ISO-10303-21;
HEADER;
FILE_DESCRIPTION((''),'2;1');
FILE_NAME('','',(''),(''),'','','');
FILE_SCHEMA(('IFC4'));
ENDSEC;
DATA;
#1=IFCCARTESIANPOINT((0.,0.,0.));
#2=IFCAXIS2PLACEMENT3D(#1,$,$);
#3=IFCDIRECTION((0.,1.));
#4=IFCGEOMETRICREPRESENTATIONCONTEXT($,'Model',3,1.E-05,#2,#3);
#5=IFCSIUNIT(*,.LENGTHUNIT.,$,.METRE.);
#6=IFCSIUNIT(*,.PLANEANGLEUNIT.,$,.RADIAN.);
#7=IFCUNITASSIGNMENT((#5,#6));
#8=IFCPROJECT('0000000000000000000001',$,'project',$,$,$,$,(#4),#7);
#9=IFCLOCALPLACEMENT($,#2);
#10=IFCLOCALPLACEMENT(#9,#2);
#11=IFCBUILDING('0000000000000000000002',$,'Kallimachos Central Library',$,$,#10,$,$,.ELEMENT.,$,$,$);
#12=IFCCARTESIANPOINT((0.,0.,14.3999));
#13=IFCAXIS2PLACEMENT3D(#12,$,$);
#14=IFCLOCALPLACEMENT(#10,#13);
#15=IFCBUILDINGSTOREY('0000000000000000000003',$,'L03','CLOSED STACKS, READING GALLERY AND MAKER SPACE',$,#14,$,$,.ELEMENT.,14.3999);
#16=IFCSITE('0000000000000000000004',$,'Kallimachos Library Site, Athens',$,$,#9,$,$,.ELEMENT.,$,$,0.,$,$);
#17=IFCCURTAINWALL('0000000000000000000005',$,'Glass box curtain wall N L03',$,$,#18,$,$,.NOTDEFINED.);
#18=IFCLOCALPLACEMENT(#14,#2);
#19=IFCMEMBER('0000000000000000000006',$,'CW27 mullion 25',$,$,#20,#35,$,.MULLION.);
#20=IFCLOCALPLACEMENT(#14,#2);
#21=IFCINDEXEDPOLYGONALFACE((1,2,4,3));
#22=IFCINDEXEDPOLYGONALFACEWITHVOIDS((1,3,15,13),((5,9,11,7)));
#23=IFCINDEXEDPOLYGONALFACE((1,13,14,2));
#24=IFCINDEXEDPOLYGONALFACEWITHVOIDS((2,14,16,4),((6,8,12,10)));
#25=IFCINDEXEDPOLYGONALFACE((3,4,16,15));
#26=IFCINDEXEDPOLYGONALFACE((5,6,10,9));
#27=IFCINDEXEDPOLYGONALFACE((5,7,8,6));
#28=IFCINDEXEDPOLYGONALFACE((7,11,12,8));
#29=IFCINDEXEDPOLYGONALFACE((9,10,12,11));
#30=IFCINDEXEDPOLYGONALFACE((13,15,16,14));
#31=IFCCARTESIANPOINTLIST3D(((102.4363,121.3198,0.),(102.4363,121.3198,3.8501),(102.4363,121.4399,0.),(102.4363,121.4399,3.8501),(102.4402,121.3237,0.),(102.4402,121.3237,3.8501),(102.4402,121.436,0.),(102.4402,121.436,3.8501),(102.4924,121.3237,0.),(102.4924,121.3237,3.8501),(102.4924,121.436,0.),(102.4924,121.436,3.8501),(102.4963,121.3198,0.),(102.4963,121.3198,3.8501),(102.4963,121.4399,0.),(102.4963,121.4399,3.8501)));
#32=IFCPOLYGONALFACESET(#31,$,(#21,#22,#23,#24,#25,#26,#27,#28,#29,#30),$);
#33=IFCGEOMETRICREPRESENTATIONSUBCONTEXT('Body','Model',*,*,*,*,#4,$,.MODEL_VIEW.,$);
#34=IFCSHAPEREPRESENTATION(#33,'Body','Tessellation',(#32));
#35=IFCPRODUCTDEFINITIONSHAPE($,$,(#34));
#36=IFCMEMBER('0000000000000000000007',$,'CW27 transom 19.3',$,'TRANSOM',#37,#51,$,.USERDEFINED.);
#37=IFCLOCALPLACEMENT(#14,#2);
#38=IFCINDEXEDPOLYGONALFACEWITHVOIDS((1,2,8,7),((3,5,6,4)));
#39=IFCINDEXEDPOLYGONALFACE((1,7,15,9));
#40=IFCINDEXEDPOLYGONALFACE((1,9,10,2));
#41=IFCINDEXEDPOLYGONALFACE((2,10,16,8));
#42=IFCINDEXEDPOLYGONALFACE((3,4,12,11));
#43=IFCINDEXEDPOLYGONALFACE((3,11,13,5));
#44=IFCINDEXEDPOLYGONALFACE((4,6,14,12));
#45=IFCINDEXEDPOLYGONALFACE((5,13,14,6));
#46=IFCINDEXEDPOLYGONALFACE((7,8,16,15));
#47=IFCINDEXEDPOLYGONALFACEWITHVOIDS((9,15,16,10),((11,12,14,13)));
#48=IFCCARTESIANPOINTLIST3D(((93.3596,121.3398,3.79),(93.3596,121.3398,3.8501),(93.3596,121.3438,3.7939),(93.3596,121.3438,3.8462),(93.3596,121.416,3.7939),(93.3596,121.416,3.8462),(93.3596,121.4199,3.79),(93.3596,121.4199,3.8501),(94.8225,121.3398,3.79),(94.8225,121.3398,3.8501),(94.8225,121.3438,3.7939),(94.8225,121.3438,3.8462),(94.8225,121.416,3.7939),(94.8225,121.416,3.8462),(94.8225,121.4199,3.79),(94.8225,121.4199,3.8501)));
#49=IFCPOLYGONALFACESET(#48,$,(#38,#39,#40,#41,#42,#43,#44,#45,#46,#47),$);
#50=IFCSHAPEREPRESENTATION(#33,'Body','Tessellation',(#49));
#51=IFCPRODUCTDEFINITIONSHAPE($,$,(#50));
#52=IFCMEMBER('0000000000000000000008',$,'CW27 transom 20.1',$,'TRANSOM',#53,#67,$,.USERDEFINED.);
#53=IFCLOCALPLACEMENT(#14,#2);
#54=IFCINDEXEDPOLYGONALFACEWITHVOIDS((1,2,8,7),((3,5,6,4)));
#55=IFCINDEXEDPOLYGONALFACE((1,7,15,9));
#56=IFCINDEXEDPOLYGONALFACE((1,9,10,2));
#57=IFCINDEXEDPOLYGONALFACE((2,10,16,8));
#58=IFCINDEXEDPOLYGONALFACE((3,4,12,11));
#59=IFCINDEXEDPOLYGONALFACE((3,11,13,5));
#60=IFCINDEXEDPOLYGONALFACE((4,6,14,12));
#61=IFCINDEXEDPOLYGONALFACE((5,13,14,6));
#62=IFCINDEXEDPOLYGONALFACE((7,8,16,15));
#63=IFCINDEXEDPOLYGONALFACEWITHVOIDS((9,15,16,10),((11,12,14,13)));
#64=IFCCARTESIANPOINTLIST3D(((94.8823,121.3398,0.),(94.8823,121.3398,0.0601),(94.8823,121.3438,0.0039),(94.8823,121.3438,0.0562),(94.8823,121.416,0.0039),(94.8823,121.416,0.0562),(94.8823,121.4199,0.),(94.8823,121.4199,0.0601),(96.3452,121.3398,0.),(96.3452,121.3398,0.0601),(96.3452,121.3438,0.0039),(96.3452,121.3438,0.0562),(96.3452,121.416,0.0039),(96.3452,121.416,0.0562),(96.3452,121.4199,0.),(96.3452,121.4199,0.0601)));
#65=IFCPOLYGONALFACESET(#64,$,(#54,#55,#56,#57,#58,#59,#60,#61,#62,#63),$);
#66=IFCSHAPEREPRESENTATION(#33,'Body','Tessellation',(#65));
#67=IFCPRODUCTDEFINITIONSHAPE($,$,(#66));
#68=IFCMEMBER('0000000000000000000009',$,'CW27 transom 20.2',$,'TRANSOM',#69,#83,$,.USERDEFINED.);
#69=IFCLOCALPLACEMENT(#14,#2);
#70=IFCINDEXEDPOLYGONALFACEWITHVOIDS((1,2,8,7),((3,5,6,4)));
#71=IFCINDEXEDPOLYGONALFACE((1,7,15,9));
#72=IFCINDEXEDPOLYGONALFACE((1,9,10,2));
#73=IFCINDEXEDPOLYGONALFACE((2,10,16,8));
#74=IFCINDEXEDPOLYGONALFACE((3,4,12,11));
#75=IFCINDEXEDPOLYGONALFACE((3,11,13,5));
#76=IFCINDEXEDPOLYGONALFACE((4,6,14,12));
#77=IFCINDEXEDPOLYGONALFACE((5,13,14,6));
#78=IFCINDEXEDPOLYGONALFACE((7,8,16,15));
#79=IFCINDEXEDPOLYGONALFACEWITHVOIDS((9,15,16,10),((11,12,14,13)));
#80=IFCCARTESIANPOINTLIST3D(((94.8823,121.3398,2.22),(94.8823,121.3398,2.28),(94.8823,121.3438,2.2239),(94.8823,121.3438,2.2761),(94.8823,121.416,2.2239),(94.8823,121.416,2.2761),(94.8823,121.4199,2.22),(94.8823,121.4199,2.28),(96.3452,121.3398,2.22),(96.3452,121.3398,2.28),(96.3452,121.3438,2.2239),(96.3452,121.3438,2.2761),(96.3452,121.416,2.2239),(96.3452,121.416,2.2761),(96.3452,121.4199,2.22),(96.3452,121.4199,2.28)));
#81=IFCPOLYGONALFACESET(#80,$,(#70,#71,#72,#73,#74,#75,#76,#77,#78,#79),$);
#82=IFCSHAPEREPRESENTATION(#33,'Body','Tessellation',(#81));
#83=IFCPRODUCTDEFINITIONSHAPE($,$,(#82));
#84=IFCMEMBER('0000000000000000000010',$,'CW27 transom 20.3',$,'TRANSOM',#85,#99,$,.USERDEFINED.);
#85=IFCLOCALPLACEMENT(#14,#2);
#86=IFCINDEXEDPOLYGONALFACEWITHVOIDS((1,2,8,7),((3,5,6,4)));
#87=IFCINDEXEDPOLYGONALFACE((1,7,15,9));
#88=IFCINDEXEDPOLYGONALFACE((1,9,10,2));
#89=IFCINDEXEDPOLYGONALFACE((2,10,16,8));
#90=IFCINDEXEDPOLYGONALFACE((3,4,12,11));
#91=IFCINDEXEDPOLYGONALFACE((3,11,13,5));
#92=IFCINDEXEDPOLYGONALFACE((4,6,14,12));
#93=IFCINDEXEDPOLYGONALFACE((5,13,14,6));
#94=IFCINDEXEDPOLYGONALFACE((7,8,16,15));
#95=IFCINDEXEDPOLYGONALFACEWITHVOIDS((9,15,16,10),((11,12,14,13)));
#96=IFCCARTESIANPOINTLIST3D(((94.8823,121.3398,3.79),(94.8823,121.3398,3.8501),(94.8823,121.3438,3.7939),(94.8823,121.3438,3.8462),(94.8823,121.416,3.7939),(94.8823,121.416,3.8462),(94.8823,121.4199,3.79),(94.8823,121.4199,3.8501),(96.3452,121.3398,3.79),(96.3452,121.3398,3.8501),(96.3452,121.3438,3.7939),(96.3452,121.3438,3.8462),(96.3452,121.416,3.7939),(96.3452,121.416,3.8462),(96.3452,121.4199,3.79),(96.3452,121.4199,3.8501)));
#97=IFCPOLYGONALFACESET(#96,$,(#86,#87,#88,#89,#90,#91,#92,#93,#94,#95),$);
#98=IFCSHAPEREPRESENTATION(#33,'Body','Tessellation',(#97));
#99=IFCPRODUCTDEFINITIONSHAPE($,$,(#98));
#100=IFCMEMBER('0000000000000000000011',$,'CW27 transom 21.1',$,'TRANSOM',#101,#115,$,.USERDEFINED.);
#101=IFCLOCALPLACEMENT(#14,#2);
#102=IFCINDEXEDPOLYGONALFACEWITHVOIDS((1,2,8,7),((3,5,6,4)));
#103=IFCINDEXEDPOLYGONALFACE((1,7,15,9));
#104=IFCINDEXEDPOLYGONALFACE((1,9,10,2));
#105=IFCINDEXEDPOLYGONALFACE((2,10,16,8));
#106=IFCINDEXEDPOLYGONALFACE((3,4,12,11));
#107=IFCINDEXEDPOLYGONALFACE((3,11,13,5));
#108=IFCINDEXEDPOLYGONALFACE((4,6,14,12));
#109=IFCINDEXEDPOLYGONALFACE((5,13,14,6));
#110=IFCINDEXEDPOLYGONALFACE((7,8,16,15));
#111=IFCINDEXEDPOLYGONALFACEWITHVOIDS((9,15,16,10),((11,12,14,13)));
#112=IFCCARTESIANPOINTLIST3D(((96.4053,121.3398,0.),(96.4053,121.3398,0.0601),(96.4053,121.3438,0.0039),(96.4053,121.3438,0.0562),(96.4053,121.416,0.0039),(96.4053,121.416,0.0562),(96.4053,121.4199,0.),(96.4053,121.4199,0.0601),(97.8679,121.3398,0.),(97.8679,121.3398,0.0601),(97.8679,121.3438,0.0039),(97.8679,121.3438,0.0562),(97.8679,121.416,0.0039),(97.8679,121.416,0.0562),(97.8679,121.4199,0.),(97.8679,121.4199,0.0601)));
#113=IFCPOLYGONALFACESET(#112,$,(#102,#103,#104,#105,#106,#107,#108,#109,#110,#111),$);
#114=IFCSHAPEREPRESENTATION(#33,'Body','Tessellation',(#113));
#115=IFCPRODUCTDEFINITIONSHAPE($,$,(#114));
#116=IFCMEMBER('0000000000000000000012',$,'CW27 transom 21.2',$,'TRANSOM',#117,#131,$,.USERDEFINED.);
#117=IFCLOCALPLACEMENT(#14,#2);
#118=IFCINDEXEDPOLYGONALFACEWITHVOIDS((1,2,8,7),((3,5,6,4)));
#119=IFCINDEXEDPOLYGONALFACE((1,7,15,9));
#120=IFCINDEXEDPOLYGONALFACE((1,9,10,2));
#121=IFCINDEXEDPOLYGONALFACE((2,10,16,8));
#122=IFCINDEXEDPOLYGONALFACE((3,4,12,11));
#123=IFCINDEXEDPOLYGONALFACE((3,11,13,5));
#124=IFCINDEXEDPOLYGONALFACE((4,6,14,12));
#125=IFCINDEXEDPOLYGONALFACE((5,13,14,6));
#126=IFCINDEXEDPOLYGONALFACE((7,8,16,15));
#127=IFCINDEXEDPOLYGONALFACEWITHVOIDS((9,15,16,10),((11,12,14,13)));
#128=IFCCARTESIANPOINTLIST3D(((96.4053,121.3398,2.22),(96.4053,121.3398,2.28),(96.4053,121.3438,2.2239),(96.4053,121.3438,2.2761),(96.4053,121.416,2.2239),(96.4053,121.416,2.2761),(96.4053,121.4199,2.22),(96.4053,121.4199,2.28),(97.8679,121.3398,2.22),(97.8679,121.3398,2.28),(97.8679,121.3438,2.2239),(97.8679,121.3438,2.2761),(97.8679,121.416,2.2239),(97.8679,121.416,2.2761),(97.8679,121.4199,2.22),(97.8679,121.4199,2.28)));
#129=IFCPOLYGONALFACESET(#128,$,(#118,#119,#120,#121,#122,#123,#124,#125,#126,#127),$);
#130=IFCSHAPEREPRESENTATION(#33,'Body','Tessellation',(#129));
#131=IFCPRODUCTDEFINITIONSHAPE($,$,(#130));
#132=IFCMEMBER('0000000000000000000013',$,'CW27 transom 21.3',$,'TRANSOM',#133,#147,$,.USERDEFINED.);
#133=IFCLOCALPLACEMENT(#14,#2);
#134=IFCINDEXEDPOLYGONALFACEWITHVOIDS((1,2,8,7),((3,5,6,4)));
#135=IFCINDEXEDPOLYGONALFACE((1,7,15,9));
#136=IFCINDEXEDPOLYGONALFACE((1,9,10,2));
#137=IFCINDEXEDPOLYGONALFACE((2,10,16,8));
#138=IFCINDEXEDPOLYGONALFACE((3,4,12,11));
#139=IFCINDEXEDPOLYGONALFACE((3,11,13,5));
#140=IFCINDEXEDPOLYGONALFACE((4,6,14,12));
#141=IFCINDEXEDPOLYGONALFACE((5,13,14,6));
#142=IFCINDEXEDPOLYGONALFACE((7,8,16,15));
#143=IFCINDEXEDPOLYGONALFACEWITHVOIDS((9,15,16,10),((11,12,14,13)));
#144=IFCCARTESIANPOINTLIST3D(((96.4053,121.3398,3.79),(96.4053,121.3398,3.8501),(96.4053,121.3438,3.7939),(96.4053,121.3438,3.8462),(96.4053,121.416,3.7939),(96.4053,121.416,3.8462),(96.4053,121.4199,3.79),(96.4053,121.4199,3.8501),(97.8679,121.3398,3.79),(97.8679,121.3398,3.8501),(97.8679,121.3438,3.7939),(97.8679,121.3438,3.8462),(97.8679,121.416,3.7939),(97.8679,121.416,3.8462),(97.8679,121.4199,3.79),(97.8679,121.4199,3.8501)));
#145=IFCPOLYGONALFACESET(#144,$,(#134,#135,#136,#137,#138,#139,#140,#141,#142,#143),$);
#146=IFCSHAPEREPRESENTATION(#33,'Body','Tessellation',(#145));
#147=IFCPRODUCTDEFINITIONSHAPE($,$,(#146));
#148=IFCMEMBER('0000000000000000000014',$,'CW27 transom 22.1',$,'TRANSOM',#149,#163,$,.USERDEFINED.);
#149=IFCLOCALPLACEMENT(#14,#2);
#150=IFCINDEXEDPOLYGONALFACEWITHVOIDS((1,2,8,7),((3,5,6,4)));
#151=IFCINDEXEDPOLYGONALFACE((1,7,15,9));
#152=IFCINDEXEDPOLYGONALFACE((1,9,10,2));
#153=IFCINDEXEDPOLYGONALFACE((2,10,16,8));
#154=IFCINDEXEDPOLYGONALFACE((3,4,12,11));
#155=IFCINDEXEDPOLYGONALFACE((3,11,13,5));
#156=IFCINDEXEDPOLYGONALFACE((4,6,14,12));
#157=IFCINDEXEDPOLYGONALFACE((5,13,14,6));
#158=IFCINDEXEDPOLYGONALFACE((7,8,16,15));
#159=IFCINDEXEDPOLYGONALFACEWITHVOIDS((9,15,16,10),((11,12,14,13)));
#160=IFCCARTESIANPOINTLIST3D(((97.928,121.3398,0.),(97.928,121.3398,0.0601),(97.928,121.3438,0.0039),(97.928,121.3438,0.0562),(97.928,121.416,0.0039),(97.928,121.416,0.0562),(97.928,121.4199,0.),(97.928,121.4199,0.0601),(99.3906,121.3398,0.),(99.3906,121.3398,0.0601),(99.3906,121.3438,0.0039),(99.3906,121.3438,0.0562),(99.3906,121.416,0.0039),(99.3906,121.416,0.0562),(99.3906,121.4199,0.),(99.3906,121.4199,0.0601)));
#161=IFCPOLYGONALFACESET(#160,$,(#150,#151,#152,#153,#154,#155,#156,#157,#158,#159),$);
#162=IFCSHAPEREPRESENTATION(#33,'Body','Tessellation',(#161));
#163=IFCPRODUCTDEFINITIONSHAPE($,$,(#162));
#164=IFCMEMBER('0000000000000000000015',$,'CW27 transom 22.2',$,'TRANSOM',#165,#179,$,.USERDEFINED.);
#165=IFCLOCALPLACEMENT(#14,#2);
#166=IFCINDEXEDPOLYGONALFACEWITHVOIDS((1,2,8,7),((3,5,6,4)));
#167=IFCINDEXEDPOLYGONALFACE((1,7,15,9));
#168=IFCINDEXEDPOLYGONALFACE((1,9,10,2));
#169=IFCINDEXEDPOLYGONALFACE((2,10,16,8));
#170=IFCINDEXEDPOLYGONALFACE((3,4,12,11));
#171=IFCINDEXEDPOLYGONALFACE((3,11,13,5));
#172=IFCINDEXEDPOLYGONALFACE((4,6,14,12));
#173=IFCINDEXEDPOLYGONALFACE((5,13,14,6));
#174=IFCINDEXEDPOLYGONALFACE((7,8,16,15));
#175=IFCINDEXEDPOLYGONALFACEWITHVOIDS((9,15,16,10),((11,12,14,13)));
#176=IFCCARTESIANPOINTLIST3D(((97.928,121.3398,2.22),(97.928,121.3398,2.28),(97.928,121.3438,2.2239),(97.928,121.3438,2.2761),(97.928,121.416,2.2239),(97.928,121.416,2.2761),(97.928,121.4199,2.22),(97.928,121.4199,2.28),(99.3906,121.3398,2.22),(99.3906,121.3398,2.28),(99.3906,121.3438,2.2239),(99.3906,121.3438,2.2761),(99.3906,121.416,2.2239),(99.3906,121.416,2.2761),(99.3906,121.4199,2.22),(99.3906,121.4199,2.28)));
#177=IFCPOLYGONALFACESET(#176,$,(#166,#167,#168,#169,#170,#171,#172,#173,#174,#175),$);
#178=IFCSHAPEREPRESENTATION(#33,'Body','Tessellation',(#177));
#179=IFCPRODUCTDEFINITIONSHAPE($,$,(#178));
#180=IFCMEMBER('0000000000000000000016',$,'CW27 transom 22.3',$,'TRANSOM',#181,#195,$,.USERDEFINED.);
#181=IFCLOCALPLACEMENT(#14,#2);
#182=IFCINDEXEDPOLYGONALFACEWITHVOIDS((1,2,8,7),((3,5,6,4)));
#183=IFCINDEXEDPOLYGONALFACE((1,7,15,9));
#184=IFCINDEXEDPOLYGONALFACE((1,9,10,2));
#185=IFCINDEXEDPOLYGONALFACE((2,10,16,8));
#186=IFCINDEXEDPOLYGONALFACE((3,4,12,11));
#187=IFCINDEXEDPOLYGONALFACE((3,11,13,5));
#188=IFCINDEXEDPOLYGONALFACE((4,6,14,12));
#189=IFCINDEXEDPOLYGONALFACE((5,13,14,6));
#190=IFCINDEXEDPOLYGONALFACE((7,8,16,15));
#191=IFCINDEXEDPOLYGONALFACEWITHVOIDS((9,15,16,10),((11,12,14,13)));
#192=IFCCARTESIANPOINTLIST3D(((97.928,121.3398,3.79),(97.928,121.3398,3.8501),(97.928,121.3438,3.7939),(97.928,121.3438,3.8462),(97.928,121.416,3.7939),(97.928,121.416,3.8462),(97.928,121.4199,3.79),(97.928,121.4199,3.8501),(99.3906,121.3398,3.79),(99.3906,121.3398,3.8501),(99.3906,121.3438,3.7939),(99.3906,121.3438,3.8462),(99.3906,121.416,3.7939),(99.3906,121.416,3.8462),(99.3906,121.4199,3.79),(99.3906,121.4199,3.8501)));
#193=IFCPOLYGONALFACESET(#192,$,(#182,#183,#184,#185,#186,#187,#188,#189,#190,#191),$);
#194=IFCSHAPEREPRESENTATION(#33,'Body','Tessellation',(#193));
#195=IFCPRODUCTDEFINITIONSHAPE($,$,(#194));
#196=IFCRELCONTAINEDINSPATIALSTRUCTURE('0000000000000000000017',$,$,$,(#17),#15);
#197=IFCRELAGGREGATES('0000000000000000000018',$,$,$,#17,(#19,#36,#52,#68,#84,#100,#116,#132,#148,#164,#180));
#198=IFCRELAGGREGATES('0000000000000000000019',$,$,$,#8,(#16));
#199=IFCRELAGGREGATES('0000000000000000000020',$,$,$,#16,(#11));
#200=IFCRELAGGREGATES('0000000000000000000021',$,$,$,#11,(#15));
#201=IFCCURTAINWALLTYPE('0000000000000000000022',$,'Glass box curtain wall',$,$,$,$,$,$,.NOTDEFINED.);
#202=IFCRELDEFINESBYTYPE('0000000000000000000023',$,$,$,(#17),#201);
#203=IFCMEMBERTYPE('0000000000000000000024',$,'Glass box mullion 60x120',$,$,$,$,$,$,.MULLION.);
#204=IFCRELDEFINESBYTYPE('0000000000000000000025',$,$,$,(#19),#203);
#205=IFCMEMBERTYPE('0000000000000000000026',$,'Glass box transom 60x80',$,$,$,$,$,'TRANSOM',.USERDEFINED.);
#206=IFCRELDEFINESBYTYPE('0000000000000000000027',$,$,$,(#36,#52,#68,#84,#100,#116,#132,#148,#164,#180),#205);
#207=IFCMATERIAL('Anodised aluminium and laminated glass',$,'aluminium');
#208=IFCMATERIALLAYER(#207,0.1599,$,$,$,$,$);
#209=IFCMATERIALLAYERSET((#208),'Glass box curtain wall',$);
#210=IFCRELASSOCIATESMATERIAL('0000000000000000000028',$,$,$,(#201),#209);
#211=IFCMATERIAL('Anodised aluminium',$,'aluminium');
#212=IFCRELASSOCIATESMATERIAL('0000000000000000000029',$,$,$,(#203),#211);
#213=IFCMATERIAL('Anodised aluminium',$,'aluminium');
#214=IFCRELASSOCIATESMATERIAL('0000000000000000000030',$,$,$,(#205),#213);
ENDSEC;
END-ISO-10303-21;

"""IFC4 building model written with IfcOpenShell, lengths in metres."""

from ifc_helpers import new_model, si_unit, direction, frame, origin, origin_2d, place, context, subcontext, project, spatial, hollow_rectangle, extrude, material, layer, layer_set, material_profile, profile_set, type_object, element, aggregate, save


model = new_model("IFC4")

# Units and contexts
model_context = context("Model", 3, precision=1e-05, world=origin(), true_north=direction((0.0, 1.0)))
body_context = subcontext(model_context, "Body", "Model", "MODEL_VIEW")
ifc_project = project(units=[si_unit("LENGTHUNIT", "METRE"), si_unit("PLANEANGLEUNIT", "RADIAN")], contexts=[model_context])

# Site, building, storey
site_placement = place(None, origin())
site = spatial("IfcSite", under=ifc_project, at=site_placement, Name="Kallimachos Library Site, Athens", CompositionType="ELEMENT", RefElevation=0.0)
building_placement = place(site_placement, origin())
building = spatial("IfcBuilding", under=site, at=building_placement, Name="Kallimachos Central Library", CompositionType="ELEMENT")
storey_placement = place(building_placement, frame((0.0, 0.0, 14.3999)))
storey = spatial("IfcBuildingStorey", under=building, at=storey_placement, Name="L03", Description="CLOSED STACKS, READING GALLERY AND MAKER SPACE", CompositionType="ELEMENT", Elevation=14.3999)

# Curtain wall, members
ifc_material_1 = material(Name="Anodised aluminium and laminated glass", Category="aluminium")
ifc_layer_1 = layer(ifc_material_1, 0.1599)
ifc_layer_set_1 = layer_set([ifc_layer_1], Name="Glass box curtain wall")
curtain_wall_type = type_object("IfcCurtainWallType", Name="Glass box curtain wall", PredefinedType="NOTDEFINED", material=ifc_layer_set_1)
curtain_wall_placement = place(storey_placement, origin())
curtain_wall = element("IfcCurtainWall", 1, at=curtain_wall_placement, inside=storey, type_object=curtain_wall_type, Name="Glass box curtain wall N L03", PredefinedType="NOTDEFINED")
ifc_material_2 = material(Name="Anodised aluminium", Category="aluminium")
ifc_material_profile_1 = material_profile(ifc_material_2, hollow_rectangle(XDim=0.0601, YDim=0.1201, WallThickness=0.0039, at=origin_2d()), Name="ALU MULLION 60x120")
ifc_profile_set_1 = profile_set([ifc_material_profile_1], Name="Anodised aluminium")
member_type_1 = type_object("IfcMemberType", Name="Glass box mullion 60x120", PredefinedType="MULLION", material=ifc_profile_set_1)
member_1_placement = place(storey_placement, frame((102.4663, 121.3799, 0.0), z_axis=(0.0, 0.0, 1.0), x_axis=(1.0, 0.0, 0.0)))
member_1 = element("IfcMember", 2, at=member_1_placement, type_object=member_type_1, Name="CW27 mullion 25", PredefinedType="MULLION", context=body_context, shape_type="SweptSolid", body=[
    extrude(hollow_rectangle(XDim=0.0601, YDim=0.1201, WallThickness=0.0039, at=origin_2d()), origin(), (0.0, 0.0, 1.0), 3.8501),
])
ifc_material_3 = material(Name="Anodised aluminium", Category="aluminium")
ifc_material_profile_2 = material_profile(ifc_material_3, hollow_rectangle(XDim=0.0601, YDim=0.0801, WallThickness=0.0039, at=origin_2d()), Name="ALU TRANSOM 60x80")
ifc_profile_set_2 = profile_set([ifc_material_profile_2], Name="Anodised aluminium")
member_type_2 = type_object("IfcMemberType", Name="Glass box transom 60x80", ElementType="TRANSOM", PredefinedType="USERDEFINED", material=ifc_profile_set_2)
member_2_placement = place(storey_placement, frame((93.3596, 121.3799, 3.8201), z_axis=(1.0, 0.0, 0.0), x_axis=(0.0, 0.0, 1.0)))
member_2 = element("IfcMember", 3, at=member_2_placement, type_object=member_type_2, Name="CW27 transom 19.3", ObjectType="TRANSOM", PredefinedType="USERDEFINED", context=body_context, shape_type="SweptSolid", body=[
    extrude(hollow_rectangle(XDim=0.0601, YDim=0.0801, WallThickness=0.0039, at=origin_2d()), origin(), (0.0, 0.0, 1.0), 1.4629),
])
member_3_placement = place(storey_placement, frame((94.8823, 121.3799, 0.03), z_axis=(1.0, 0.0, 0.0), x_axis=(0.0, 0.0, 1.0)))
member_3 = element("IfcMember", 4, at=member_3_placement, type_object=member_type_2, Name="CW27 transom 20.1", ObjectType="TRANSOM", PredefinedType="USERDEFINED", context=body_context, shape_type="SweptSolid", body=[
    extrude(hollow_rectangle(XDim=0.0601, YDim=0.0801, WallThickness=0.0039, at=origin_2d()), origin(), (0.0, 0.0, 1.0), 1.4629),
])
member_4_placement = place(storey_placement, frame((94.8823, 121.3799, 2.25), z_axis=(1.0, 0.0, 0.0), x_axis=(0.0, 0.0, 1.0)))
member_4 = element("IfcMember", 5, at=member_4_placement, type_object=member_type_2, Name="CW27 transom 20.2", ObjectType="TRANSOM", PredefinedType="USERDEFINED", context=body_context, shape_type="SweptSolid", body=[
    extrude(hollow_rectangle(XDim=0.0601, YDim=0.0801, WallThickness=0.0039, at=origin_2d()), origin(), (0.0, 0.0, 1.0), 1.4629),
])
member_5_placement = place(storey_placement, frame((94.8823, 121.3799, 3.8201), z_axis=(1.0, 0.0, 0.0), x_axis=(0.0, 0.0, 1.0)))
member_5 = element("IfcMember", 6, at=member_5_placement, type_object=member_type_2, Name="CW27 transom 20.3", ObjectType="TRANSOM", PredefinedType="USERDEFINED", context=body_context, shape_type="SweptSolid", body=[
    extrude(hollow_rectangle(XDim=0.0601, YDim=0.0801, WallThickness=0.0039, at=origin_2d()), origin(), (0.0, 0.0, 1.0), 1.4629),
])
member_6_placement = place(storey_placement, frame((96.4053, 121.3799, 0.03), z_axis=(1.0, 0.0, 0.0), x_axis=(0.0, 0.0, 1.0)))
member_6 = element("IfcMember", 7, at=member_6_placement, type_object=member_type_2, Name="CW27 transom 21.1", ObjectType="TRANSOM", PredefinedType="USERDEFINED", context=body_context, shape_type="SweptSolid", body=[
    extrude(hollow_rectangle(XDim=0.0601, YDim=0.0801, WallThickness=0.0039, at=origin_2d()), origin(), (0.0, 0.0, 1.0), 1.4626),
])
member_7_placement = place(storey_placement, frame((96.4053, 121.3799, 2.25), z_axis=(1.0, 0.0, 0.0), x_axis=(0.0, 0.0, 1.0)))
member_7 = element("IfcMember", 8, at=member_7_placement, type_object=member_type_2, Name="CW27 transom 21.2", ObjectType="TRANSOM", PredefinedType="USERDEFINED", context=body_context, shape_type="SweptSolid", body=[
    extrude(hollow_rectangle(XDim=0.0601, YDim=0.0801, WallThickness=0.0039, at=origin_2d()), origin(), (0.0, 0.0, 1.0), 1.4626),
])
member_8_placement = place(storey_placement, frame((96.4053, 121.3799, 3.8201), z_axis=(1.0, 0.0, 0.0), x_axis=(0.0, 0.0, 1.0)))
member_8 = element("IfcMember", 9, at=member_8_placement, type_object=member_type_2, Name="CW27 transom 21.3", ObjectType="TRANSOM", PredefinedType="USERDEFINED", context=body_context, shape_type="SweptSolid", body=[
    extrude(hollow_rectangle(XDim=0.0601, YDim=0.0801, WallThickness=0.0039, at=origin_2d()), origin(), (0.0, 0.0, 1.0), 1.4626),
])
member_9_placement = place(storey_placement, frame((97.928, 121.3799, 0.03), z_axis=(1.0, 0.0, 0.0), x_axis=(0.0, 0.0, 1.0)))
member_9 = element("IfcMember", 10, at=member_9_placement, type_object=member_type_2, Name="CW27 transom 22.1", ObjectType="TRANSOM", PredefinedType="USERDEFINED", context=body_context, shape_type="SweptSolid", body=[
    extrude(hollow_rectangle(XDim=0.0601, YDim=0.0801, WallThickness=0.0039, at=origin_2d()), origin(), (0.0, 0.0, 1.0), 1.4626),
])
member_10_placement = place(storey_placement, frame((97.928, 121.3799, 2.25), z_axis=(1.0, 0.0, 0.0), x_axis=(0.0, 0.0, 1.0)))
member_10 = element("IfcMember", 11, at=member_10_placement, type_object=member_type_2, Name="CW27 transom 22.2", ObjectType="TRANSOM", PredefinedType="USERDEFINED", context=body_context, shape_type="SweptSolid", body=[
    extrude(hollow_rectangle(XDim=0.0601, YDim=0.0801, WallThickness=0.0039, at=origin_2d()), origin(), (0.0, 0.0, 1.0), 1.4626),
])
member_11_placement = place(storey_placement, frame((97.928, 121.3799, 3.8201), z_axis=(1.0, 0.0, 0.0), x_axis=(0.0, 0.0, 1.0)))
member_11 = element("IfcMember", 12, at=member_11_placement, type_object=member_type_2, Name="CW27 transom 22.3", ObjectType="TRANSOM", PredefinedType="USERDEFINED", context=body_context, shape_type="SweptSolid", body=[
    extrude(hollow_rectangle(XDim=0.0601, YDim=0.0801, WallThickness=0.0039, at=origin_2d()), origin(), (0.0, 0.0, 1.0), 1.4626),
])

aggregate(curtain_wall, [member_1, member_2, member_3, member_4, member_5, member_6, member_7, member_8, member_9, member_10, member_11])

save(model, "model.ifc")
